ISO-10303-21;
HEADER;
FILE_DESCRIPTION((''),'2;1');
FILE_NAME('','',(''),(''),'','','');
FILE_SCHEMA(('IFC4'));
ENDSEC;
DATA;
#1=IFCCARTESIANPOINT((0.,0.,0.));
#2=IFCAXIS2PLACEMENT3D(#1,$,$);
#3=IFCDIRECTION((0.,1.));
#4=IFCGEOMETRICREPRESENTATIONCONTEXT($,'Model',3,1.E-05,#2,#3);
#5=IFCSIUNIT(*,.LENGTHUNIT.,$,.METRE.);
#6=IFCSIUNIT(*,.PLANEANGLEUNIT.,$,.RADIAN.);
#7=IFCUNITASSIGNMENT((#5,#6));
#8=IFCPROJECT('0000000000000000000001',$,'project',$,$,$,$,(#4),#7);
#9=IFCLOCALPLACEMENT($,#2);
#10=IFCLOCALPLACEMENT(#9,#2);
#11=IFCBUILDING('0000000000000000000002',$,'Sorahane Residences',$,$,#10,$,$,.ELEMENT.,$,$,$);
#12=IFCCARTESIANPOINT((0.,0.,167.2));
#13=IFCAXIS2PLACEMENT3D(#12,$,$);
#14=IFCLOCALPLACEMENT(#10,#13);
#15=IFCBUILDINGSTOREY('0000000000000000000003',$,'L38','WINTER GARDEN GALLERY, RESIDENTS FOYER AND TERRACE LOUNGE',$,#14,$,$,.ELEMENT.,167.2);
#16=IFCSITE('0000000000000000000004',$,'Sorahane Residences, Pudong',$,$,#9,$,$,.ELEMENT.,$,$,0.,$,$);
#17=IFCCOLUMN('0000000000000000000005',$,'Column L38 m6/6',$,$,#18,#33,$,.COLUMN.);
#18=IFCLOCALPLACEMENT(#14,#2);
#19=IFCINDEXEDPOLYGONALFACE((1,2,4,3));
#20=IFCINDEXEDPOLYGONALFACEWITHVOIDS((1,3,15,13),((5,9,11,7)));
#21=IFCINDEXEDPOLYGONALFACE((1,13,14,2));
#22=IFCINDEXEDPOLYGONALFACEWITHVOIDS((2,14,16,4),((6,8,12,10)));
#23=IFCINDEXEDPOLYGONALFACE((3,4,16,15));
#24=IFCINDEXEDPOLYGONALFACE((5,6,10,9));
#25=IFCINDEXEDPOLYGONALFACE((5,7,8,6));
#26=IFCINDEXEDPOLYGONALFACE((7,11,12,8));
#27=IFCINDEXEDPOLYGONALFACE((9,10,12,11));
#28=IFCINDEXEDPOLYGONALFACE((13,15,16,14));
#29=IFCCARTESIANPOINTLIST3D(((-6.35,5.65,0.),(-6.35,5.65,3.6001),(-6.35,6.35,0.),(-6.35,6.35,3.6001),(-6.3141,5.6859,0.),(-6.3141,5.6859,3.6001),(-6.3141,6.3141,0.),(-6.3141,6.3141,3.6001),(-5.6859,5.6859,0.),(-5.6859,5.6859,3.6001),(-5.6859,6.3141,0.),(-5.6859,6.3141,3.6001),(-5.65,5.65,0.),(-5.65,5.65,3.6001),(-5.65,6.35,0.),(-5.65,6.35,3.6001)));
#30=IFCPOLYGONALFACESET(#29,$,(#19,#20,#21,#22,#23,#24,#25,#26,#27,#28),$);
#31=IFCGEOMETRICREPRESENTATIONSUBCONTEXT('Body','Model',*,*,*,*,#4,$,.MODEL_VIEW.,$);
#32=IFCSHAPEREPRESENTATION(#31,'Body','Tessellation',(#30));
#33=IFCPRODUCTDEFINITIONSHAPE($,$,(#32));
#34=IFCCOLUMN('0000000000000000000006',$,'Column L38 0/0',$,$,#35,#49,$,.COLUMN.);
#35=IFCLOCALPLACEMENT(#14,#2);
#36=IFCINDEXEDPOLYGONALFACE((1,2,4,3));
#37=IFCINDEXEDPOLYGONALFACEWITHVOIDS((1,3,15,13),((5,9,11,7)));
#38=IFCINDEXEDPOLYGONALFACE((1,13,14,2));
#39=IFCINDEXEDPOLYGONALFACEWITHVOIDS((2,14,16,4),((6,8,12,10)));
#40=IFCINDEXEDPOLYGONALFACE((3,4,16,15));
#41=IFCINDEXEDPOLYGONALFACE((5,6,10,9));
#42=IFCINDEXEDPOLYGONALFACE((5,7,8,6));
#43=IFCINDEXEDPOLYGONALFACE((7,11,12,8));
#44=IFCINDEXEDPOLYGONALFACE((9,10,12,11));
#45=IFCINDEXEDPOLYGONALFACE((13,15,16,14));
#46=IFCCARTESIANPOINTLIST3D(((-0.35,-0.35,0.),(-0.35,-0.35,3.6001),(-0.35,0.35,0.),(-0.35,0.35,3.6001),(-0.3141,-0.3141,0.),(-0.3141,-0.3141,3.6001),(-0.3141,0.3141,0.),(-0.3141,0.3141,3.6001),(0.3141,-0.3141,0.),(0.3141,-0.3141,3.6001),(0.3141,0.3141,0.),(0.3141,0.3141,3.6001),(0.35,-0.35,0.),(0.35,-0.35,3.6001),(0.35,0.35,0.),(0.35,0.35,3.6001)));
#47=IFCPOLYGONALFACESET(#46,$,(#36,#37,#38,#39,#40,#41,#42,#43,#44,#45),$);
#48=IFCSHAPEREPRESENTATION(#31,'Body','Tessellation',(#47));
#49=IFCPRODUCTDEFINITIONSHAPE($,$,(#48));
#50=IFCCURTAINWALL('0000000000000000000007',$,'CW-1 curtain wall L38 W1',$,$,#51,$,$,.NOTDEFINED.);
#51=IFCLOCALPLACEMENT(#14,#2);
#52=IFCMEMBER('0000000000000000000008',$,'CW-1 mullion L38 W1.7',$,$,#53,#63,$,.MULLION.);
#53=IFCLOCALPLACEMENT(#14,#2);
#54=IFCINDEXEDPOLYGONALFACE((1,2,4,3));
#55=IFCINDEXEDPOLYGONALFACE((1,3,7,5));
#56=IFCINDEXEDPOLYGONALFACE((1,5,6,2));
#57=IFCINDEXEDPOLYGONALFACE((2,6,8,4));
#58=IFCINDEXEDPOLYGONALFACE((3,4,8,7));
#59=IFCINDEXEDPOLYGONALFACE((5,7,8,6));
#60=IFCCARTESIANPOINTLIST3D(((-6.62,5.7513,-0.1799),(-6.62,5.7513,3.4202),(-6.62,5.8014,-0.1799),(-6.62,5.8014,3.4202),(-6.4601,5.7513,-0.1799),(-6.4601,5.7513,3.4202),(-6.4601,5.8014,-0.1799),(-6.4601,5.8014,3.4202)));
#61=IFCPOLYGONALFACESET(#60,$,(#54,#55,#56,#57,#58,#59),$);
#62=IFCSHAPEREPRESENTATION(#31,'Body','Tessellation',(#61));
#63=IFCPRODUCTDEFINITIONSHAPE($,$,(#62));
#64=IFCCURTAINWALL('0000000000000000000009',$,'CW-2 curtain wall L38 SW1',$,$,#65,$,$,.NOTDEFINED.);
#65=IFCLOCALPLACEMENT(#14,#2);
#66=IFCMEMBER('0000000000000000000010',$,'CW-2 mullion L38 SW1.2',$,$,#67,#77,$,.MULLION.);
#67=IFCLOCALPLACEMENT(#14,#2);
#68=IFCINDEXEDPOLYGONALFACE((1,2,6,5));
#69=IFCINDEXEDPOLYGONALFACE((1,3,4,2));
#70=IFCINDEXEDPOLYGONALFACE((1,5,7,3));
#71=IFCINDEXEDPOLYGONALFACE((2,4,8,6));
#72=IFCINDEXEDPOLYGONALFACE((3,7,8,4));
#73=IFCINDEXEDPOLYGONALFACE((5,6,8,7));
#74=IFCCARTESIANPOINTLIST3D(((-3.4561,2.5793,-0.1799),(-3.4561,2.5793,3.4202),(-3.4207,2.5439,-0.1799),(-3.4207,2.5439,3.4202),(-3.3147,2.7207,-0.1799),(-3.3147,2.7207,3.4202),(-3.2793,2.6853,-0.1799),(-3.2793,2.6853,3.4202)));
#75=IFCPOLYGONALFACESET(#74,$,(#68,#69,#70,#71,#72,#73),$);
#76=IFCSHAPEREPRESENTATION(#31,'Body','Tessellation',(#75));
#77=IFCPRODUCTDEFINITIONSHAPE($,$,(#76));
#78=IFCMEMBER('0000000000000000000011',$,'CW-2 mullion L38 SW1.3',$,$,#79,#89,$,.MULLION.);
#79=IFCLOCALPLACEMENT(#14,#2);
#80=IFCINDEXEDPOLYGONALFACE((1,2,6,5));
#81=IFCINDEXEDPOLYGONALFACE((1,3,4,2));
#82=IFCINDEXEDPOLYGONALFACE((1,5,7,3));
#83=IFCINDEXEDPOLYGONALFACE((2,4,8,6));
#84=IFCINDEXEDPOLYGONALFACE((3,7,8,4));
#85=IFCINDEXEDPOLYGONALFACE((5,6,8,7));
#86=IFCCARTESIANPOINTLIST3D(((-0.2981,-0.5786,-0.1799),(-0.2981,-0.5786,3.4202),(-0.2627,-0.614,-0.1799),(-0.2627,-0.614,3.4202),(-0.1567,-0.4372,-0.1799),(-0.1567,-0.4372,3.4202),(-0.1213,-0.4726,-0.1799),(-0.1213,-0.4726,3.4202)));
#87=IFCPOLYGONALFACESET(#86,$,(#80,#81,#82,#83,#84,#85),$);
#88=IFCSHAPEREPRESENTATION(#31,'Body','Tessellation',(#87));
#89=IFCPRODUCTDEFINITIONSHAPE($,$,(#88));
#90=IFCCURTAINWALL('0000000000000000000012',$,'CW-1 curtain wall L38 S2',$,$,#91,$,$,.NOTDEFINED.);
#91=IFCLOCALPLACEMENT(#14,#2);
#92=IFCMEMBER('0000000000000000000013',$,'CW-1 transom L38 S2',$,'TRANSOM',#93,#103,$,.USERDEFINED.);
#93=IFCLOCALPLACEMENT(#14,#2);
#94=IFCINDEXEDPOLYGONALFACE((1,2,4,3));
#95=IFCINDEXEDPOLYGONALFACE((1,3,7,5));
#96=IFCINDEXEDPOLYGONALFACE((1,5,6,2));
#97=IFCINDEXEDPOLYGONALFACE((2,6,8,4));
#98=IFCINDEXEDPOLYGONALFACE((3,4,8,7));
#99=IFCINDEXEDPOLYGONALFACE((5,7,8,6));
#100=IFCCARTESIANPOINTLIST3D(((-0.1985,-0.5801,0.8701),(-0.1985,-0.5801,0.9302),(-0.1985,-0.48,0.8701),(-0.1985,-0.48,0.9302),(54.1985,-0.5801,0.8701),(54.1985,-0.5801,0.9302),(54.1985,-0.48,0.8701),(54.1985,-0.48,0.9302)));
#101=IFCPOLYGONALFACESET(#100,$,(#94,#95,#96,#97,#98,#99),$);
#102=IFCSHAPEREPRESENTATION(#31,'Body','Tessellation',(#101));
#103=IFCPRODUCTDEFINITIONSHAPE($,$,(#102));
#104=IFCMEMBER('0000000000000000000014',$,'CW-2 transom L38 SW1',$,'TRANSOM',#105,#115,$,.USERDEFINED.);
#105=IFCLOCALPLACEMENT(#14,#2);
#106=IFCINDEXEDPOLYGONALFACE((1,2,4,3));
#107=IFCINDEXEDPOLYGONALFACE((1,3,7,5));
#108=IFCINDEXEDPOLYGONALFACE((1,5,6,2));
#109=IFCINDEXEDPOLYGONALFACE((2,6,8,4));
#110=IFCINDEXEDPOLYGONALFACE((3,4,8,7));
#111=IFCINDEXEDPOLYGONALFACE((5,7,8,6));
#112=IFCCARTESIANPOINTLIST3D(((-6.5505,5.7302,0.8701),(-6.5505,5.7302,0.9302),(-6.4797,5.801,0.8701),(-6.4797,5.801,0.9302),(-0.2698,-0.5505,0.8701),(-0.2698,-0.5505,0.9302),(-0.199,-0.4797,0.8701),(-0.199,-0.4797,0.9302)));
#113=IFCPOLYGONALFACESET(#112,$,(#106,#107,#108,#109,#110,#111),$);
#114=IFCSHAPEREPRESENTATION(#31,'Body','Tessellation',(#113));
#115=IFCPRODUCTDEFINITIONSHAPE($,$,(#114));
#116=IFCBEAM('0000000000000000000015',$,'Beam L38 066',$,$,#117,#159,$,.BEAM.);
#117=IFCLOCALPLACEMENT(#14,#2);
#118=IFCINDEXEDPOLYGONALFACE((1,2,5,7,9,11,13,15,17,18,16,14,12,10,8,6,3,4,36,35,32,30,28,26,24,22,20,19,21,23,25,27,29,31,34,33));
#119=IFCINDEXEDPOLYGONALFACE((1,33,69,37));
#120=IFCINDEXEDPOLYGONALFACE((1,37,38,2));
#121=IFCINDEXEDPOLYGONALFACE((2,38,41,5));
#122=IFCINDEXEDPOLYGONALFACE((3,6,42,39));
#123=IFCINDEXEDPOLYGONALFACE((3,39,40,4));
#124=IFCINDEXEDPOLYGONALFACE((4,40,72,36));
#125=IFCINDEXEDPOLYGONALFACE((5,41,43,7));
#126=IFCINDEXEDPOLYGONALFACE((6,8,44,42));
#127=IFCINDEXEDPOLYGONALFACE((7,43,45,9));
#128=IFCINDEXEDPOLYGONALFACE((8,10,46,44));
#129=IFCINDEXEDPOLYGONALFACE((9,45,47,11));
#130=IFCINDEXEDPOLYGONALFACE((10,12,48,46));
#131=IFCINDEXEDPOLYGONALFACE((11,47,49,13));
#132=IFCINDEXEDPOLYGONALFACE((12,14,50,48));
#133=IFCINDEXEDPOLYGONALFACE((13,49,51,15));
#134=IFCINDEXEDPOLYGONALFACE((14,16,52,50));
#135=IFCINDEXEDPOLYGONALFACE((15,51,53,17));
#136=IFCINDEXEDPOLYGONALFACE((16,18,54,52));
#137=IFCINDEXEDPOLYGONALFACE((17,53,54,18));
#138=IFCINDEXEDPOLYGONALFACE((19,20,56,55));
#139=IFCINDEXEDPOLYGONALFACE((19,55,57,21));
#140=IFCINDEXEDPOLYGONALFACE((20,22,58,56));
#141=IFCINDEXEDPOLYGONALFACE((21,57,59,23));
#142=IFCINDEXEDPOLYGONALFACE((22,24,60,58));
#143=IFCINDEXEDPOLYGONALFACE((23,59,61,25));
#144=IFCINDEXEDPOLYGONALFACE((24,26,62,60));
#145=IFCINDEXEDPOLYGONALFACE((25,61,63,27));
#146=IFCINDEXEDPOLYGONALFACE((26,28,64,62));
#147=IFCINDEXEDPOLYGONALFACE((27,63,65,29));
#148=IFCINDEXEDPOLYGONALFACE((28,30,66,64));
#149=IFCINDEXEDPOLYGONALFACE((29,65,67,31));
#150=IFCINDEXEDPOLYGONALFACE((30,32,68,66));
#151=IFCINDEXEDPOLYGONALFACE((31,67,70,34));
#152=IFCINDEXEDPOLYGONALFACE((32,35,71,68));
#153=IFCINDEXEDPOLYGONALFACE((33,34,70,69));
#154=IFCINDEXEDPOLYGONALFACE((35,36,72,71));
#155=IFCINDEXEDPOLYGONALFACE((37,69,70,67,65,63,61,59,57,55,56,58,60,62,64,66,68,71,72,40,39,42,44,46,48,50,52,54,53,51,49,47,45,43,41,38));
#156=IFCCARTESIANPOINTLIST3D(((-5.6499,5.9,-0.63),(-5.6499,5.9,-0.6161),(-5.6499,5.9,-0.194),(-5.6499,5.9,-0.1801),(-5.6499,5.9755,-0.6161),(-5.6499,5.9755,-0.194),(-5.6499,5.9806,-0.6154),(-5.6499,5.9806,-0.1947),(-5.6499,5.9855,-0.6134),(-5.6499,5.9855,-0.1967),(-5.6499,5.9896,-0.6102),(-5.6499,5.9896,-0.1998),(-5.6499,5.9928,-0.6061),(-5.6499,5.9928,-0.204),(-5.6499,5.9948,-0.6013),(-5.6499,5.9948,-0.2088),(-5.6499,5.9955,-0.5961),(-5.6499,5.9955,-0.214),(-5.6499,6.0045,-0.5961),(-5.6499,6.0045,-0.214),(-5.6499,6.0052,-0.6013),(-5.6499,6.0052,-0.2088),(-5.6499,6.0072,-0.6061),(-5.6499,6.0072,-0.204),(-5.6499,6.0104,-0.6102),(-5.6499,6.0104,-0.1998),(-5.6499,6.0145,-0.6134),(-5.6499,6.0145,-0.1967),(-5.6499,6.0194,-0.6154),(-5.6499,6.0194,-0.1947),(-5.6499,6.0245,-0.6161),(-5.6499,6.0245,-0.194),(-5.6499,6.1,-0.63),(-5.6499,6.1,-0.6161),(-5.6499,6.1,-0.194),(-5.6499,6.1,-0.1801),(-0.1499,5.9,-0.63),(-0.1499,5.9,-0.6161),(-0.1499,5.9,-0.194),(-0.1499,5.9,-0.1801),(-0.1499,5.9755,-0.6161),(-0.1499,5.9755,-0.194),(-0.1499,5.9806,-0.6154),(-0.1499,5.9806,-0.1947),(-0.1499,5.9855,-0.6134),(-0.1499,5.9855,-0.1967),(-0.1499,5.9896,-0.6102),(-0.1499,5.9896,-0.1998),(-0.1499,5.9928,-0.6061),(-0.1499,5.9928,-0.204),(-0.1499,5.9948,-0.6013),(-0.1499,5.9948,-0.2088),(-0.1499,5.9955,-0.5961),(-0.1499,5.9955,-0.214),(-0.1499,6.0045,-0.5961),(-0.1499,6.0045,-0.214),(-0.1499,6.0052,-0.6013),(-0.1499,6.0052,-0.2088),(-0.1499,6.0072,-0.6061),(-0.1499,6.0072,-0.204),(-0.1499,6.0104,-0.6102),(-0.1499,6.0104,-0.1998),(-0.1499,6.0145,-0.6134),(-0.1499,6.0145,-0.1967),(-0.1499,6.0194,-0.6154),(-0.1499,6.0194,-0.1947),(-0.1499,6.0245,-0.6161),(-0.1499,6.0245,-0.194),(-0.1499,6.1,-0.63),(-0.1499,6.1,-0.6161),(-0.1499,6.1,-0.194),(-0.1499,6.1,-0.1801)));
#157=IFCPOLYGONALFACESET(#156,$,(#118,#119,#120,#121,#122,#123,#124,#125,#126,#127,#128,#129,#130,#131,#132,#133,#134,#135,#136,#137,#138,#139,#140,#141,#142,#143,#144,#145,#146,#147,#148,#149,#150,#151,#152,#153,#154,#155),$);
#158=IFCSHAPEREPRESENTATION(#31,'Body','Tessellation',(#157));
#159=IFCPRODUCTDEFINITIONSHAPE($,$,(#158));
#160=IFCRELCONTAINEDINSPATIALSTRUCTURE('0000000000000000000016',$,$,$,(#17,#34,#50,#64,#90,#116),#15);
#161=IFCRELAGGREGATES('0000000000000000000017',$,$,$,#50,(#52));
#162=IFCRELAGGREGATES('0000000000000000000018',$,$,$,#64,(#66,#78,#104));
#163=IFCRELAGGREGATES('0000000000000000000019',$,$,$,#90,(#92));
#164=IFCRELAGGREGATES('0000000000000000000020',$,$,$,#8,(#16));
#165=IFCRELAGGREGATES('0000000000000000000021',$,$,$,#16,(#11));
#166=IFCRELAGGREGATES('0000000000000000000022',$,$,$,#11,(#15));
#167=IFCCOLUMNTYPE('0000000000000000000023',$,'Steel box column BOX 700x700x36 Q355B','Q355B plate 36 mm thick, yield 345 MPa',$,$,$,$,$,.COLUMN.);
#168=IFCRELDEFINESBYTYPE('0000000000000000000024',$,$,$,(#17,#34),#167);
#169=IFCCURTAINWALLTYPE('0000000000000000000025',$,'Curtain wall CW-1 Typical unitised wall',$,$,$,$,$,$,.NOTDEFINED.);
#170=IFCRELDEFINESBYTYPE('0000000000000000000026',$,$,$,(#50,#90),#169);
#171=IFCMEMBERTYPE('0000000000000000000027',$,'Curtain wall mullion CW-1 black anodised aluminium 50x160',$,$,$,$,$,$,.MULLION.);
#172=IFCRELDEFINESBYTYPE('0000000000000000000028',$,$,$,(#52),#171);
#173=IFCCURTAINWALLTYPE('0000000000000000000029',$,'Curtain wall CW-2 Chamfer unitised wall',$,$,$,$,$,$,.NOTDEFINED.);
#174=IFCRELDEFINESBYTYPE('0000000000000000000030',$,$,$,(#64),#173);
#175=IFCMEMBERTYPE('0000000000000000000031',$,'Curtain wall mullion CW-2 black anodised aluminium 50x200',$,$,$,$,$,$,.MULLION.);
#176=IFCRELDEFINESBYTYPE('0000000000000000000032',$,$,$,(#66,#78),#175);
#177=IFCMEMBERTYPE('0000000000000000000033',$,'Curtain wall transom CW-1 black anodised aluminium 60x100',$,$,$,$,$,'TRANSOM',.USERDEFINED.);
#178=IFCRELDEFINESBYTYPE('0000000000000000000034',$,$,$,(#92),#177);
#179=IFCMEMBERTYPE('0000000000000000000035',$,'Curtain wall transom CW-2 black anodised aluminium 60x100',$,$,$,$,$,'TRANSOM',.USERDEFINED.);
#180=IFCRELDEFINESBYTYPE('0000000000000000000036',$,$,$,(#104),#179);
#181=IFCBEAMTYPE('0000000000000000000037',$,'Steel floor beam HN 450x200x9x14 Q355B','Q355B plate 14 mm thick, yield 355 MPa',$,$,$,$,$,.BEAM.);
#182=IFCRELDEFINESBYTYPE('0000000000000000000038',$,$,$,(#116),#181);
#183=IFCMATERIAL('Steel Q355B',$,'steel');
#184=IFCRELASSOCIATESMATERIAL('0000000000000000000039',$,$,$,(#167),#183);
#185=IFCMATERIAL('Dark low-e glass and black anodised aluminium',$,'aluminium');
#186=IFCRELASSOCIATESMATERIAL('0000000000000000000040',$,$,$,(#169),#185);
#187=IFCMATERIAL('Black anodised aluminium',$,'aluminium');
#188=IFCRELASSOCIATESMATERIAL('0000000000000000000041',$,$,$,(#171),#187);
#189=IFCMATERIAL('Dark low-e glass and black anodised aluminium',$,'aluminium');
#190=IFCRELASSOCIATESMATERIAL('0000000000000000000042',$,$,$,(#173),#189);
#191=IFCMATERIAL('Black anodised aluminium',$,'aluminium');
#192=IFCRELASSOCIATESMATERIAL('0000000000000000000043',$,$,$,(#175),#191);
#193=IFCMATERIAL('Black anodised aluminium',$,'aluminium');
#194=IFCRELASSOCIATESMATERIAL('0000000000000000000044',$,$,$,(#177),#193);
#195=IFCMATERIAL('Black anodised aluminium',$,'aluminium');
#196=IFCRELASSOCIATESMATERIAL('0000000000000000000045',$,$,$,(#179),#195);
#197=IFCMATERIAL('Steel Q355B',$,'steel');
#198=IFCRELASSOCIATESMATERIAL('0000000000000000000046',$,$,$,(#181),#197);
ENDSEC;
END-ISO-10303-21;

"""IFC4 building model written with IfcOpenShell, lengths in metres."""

from ifc_helpers import new_model, si_unit, direction, frame, origin, origin_2d, place, context, subcontext, project, spatial, rectangle, hollow_rectangle, i_section, extrude, material, material_profile, profile_set, type_object, element, aggregate, save


model = new_model("IFC4")

# Units and contexts
model_context = context("Model", 3, precision=1e-05, world=origin(), true_north=direction((0.0, 1.0)))
body_context = subcontext(model_context, "Body", "Model", "MODEL_VIEW")
ifc_project = project(units=[si_unit("LENGTHUNIT", "METRE"), si_unit("PLANEANGLEUNIT", "RADIAN")], contexts=[model_context])

# Site, building, storey
site_placement = place(None, origin())
site = spatial("IfcSite", under=ifc_project, at=site_placement, Name="Sorahane Residences, Pudong", CompositionType="ELEMENT", RefElevation=0.0)
building_placement = place(site_placement, origin())
building = spatial("IfcBuilding", under=site, at=building_placement, Name="Sorahane Residences", CompositionType="ELEMENT")
storey_placement = place(building_placement, frame((0.0, 0.0, 167.2)))
storey = spatial("IfcBuildingStorey", under=building, at=storey_placement, Name="L38", Description="WINTER GARDEN GALLERY, RESIDENTS FOYER AND TERRACE LOUNGE", CompositionType="ELEMENT", Elevation=167.2)

# Columns
ifc_material_1 = material(Name="Steel Q355B", Category="steel")
ifc_material_profile_1 = material_profile(ifc_material_1, hollow_rectangle(XDim=0.7, YDim=0.7, WallThickness=0.0359, at=origin_2d()), Name="BOX 700x700x36")
ifc_profile_set_1 = profile_set([ifc_material_profile_1], Name="Steel Q355B")
column_type = type_object("IfcColumnType", Name="Steel box column BOX 700x700x36 Q355B", Description="Q355B plate 36 mm thick, yield 345 MPa", PredefinedType="COLUMN", material=ifc_profile_set_1)
for number, where, z_axis, x_axis, name in (
    (1, (-6.0, 6.0, 0.0), (0.0, 0.0, 1.0), (1.0, 0.0, 0.0), "Column L38 m6/6"),
    (2, (0.0, 0.0, 0.0), (0.0, 0.0, 1.0), (1.0, 0.0, 0.0), "Column L38 0/0"),
):
    element("IfcColumn", number, at=place(storey_placement, frame(where, z_axis=z_axis, x_axis=x_axis)), inside=storey, type_object=column_type, Name=name, PredefinedType="COLUMN", context=body_context, shape_type="SweptSolid", body=[
        extrude(hollow_rectangle(XDim=0.7, YDim=0.7, WallThickness=0.0359, at=origin_2d()), origin(), (0.0, 0.0, 1.0), 3.6001),
    ])

# Curtain wall, member
ifc_material_2 = material(Name="Dark low-e glass and black anodised aluminium", Category="aluminium")
curtain_wall_type_1 = type_object("IfcCurtainWallType", Name="Curtain wall CW-1 Typical unitised wall", PredefinedType="NOTDEFINED", material=ifc_material_2)
curtain_wall_1_placement = place(storey_placement, origin())
curtain_wall_1 = element("IfcCurtainWall", 3, at=curtain_wall_1_placement, inside=storey, type_object=curtain_wall_type_1, Name="CW-1 curtain wall L38 W1", PredefinedType="NOTDEFINED")
ifc_material_3 = material(Name="Black anodised aluminium", Category="aluminium")
ifc_material_profile_2 = material_profile(ifc_material_3, rectangle(XDim=0.1599, YDim=0.05, at=origin_2d()), Name="Curtain wall mullion CW-1 black anodised aluminium 50x160")
ifc_profile_set_2 = profile_set([ifc_material_profile_2], Name="Black anodised aluminium")
member_type_1 = type_object("IfcMemberType", Name="Curtain wall mullion CW-1 black anodised aluminium 50x160", PredefinedType="MULLION", material=ifc_profile_set_2)
member_1_placement = place(storey_placement, frame((-6.54, 5.7764, -0.1799), z_axis=(0.0, 0.0, 1.0), x_axis=(-1.0, 0.0, 0.0)))
member_1 = element("IfcMember", 4, at=member_1_placement, type_object=member_type_1, Name="CW-1 mullion L38 W1.7", PredefinedType="MULLION", context=body_context, shape_type="SweptSolid", body=[
    extrude(rectangle(XDim=0.1599, YDim=0.05, at=origin_2d()), origin(), (0.0, 0.0, 1.0), 3.6001),
])
aggregate(curtain_wall_1, [member_1])

# Curtain wall, members
ifc_material_4 = material(Name="Dark low-e glass and black anodised aluminium", Category="aluminium")
curtain_wall_type_2 = type_object("IfcCurtainWallType", Name="Curtain wall CW-2 Chamfer unitised wall", PredefinedType="NOTDEFINED", material=ifc_material_4)
curtain_wall_2_placement = place(storey_placement, origin())
curtain_wall_2 = element("IfcCurtainWall", 5, at=curtain_wall_2_placement, inside=storey, type_object=curtain_wall_type_2, Name="CW-2 curtain wall L38 SW1", PredefinedType="NOTDEFINED")
ifc_material_5 = material(Name="Black anodised aluminium", Category="aluminium")
ifc_material_profile_3 = material_profile(ifc_material_5, rectangle(XDim=0.2, YDim=0.05, at=origin_2d()), Name="Curtain wall mullion CW-2 black anodised aluminium 50x200")
ifc_profile_set_3 = profile_set([ifc_material_profile_3], Name="Black anodised aluminium")
member_type_2 = type_object("IfcMemberType", Name="Curtain wall mullion CW-2 black anodised aluminium 50x200", PredefinedType="MULLION", material=ifc_profile_set_3)
member_2_placement = place(storey_placement, frame((-3.3677, 2.6323, -0.1799), z_axis=(0.0, 0.0, 1.0), x_axis=(-0.707107, -0.707107, 0.0)))
member_2 = element("IfcMember", 6, at=member_2_placement, type_object=member_type_2, Name="CW-2 mullion L38 SW1.2", PredefinedType="MULLION", context=body_context, shape_type="SweptSolid", body=[
    extrude(rectangle(XDim=0.2, YDim=0.05, at=origin_2d()), origin(), (0.0, 0.0, 1.0), 3.6001),
])
member_3_placement = place(storey_placement, frame((-0.2097, -0.5256, -0.1799), z_axis=(0.0, 0.0, 1.0), x_axis=(-0.707107, -0.707107, 0.0)))
member_3 = element("IfcMember", 7, at=member_3_placement, type_object=member_type_2, Name="CW-2 mullion L38 SW1.3", PredefinedType="MULLION", context=body_context, shape_type="SweptSolid", body=[
    extrude(rectangle(XDim=0.2, YDim=0.05, at=origin_2d()), origin(), (0.0, 0.0, 1.0), 3.6001),
])

# Curtain wall, member
curtain_wall_3_placement = place(storey_placement, origin())
curtain_wall_3 = element("IfcCurtainWall", 8, at=curtain_wall_3_placement, inside=storey, type_object=curtain_wall_type_1, Name="CW-1 curtain wall L38 S2", PredefinedType="NOTDEFINED")
ifc_material_6 = material(Name="Black anodised aluminium", Category="aluminium")
ifc_material_profile_4 = material_profile(ifc_material_6, rectangle(XDim=0.1001, YDim=0.0601, at=origin_2d()), Name="Curtain wall transom CW-1 black anodised aluminium 60x100")
ifc_profile_set_4 = profile_set([ifc_material_profile_4], Name="Black anodised aluminium")
member_type_3 = type_object("IfcMemberType", Name="Curtain wall transom CW-1 black anodised aluminium 60x100", ElementType="TRANSOM", PredefinedType="USERDEFINED", material=ifc_profile_set_4)
member_4_placement = place(storey_placement, frame((-0.1985, -0.53, 0.9001), z_axis=(1.0, 0.0, 0.0), x_axis=(0.0, 1.0, 0.0)))
member_4 = element("IfcMember", 9, at=member_4_placement, type_object=member_type_3, Name="CW-1 transom L38 S2", ObjectType="TRANSOM", PredefinedType="USERDEFINED", context=body_context, shape_type="SweptSolid", body=[
    extrude(rectangle(XDim=0.1001, YDim=0.0601, at=origin_2d()), origin(), (0.0, 0.0, 1.0), 54.397),
])

# Member
ifc_material_7 = material(Name="Black anodised aluminium", Category="aluminium")
ifc_material_profile_5 = material_profile(ifc_material_7, rectangle(XDim=0.1001, YDim=0.0601, at=origin_2d()), Name="Curtain wall transom CW-2 black anodised aluminium 60x100")
ifc_profile_set_5 = profile_set([ifc_material_profile_5], Name="Black anodised aluminium")
member_type_4 = type_object("IfcMemberType", Name="Curtain wall transom CW-2 black anodised aluminium 60x100", ElementType="TRANSOM", PredefinedType="USERDEFINED", material=ifc_profile_set_5)
member_5_placement = place(storey_placement, frame((-6.5151, 5.7656, 0.9001), z_axis=(0.707107, -0.707107, 0.0), x_axis=(0.707107, 0.707107, 0.0)))
member_5 = element("IfcMember", 10, at=member_5_placement, type_object=member_type_4, Name="CW-2 transom L38 SW1", ObjectType="TRANSOM", PredefinedType="USERDEFINED", context=body_context, shape_type="SweptSolid", body=[
    extrude(rectangle(XDim=0.1001, YDim=0.0601, at=origin_2d()), origin(), (0.0, 0.0, 1.0), 8.8823),
])

# Beam
ifc_material_8 = material(Name="Steel Q355B", Category="steel")
ifc_material_profile_6 = material_profile(ifc_material_8, i_section(OverallWidth=0.2, OverallDepth=0.45, WebThickness=0.009, FlangeThickness=0.0139, FilletRadius=0.02, at=origin_2d()), Name="HN 450x200x9x14")
ifc_profile_set_6 = profile_set([ifc_material_profile_6], Name="Steel Q355B")
beam_type_1 = type_object("IfcBeamType", Name="Steel floor beam HN 450x200x9x14 Q355B", Description="Q355B plate 14 mm thick, yield 355 MPa", PredefinedType="BEAM", material=ifc_profile_set_6)
beam_1_placement = place(storey_placement, frame((-5.6499, 6.0, -0.405), z_axis=(1.0, 0.0, 0.0), x_axis=(0.0, 1.0, 0.0)))
element("IfcBeam", 11, at=beam_1_placement, inside=storey, type_object=beam_type_1, Name="Beam L38 066", PredefinedType="BEAM", context=body_context, shape_type="SweptSolid", body=[
    extrude(i_section(OverallWidth=0.2, OverallDepth=0.45, WebThickness=0.009, FlangeThickness=0.0139, FilletRadius=0.02, at=origin_2d()), origin(), (0.0, 0.0, 1.0), 5.5),
])

aggregate(curtain_wall_2, [member_2, member_3, member_5])
aggregate(curtain_wall_3, [member_4])

save(model, "model.ifc")
